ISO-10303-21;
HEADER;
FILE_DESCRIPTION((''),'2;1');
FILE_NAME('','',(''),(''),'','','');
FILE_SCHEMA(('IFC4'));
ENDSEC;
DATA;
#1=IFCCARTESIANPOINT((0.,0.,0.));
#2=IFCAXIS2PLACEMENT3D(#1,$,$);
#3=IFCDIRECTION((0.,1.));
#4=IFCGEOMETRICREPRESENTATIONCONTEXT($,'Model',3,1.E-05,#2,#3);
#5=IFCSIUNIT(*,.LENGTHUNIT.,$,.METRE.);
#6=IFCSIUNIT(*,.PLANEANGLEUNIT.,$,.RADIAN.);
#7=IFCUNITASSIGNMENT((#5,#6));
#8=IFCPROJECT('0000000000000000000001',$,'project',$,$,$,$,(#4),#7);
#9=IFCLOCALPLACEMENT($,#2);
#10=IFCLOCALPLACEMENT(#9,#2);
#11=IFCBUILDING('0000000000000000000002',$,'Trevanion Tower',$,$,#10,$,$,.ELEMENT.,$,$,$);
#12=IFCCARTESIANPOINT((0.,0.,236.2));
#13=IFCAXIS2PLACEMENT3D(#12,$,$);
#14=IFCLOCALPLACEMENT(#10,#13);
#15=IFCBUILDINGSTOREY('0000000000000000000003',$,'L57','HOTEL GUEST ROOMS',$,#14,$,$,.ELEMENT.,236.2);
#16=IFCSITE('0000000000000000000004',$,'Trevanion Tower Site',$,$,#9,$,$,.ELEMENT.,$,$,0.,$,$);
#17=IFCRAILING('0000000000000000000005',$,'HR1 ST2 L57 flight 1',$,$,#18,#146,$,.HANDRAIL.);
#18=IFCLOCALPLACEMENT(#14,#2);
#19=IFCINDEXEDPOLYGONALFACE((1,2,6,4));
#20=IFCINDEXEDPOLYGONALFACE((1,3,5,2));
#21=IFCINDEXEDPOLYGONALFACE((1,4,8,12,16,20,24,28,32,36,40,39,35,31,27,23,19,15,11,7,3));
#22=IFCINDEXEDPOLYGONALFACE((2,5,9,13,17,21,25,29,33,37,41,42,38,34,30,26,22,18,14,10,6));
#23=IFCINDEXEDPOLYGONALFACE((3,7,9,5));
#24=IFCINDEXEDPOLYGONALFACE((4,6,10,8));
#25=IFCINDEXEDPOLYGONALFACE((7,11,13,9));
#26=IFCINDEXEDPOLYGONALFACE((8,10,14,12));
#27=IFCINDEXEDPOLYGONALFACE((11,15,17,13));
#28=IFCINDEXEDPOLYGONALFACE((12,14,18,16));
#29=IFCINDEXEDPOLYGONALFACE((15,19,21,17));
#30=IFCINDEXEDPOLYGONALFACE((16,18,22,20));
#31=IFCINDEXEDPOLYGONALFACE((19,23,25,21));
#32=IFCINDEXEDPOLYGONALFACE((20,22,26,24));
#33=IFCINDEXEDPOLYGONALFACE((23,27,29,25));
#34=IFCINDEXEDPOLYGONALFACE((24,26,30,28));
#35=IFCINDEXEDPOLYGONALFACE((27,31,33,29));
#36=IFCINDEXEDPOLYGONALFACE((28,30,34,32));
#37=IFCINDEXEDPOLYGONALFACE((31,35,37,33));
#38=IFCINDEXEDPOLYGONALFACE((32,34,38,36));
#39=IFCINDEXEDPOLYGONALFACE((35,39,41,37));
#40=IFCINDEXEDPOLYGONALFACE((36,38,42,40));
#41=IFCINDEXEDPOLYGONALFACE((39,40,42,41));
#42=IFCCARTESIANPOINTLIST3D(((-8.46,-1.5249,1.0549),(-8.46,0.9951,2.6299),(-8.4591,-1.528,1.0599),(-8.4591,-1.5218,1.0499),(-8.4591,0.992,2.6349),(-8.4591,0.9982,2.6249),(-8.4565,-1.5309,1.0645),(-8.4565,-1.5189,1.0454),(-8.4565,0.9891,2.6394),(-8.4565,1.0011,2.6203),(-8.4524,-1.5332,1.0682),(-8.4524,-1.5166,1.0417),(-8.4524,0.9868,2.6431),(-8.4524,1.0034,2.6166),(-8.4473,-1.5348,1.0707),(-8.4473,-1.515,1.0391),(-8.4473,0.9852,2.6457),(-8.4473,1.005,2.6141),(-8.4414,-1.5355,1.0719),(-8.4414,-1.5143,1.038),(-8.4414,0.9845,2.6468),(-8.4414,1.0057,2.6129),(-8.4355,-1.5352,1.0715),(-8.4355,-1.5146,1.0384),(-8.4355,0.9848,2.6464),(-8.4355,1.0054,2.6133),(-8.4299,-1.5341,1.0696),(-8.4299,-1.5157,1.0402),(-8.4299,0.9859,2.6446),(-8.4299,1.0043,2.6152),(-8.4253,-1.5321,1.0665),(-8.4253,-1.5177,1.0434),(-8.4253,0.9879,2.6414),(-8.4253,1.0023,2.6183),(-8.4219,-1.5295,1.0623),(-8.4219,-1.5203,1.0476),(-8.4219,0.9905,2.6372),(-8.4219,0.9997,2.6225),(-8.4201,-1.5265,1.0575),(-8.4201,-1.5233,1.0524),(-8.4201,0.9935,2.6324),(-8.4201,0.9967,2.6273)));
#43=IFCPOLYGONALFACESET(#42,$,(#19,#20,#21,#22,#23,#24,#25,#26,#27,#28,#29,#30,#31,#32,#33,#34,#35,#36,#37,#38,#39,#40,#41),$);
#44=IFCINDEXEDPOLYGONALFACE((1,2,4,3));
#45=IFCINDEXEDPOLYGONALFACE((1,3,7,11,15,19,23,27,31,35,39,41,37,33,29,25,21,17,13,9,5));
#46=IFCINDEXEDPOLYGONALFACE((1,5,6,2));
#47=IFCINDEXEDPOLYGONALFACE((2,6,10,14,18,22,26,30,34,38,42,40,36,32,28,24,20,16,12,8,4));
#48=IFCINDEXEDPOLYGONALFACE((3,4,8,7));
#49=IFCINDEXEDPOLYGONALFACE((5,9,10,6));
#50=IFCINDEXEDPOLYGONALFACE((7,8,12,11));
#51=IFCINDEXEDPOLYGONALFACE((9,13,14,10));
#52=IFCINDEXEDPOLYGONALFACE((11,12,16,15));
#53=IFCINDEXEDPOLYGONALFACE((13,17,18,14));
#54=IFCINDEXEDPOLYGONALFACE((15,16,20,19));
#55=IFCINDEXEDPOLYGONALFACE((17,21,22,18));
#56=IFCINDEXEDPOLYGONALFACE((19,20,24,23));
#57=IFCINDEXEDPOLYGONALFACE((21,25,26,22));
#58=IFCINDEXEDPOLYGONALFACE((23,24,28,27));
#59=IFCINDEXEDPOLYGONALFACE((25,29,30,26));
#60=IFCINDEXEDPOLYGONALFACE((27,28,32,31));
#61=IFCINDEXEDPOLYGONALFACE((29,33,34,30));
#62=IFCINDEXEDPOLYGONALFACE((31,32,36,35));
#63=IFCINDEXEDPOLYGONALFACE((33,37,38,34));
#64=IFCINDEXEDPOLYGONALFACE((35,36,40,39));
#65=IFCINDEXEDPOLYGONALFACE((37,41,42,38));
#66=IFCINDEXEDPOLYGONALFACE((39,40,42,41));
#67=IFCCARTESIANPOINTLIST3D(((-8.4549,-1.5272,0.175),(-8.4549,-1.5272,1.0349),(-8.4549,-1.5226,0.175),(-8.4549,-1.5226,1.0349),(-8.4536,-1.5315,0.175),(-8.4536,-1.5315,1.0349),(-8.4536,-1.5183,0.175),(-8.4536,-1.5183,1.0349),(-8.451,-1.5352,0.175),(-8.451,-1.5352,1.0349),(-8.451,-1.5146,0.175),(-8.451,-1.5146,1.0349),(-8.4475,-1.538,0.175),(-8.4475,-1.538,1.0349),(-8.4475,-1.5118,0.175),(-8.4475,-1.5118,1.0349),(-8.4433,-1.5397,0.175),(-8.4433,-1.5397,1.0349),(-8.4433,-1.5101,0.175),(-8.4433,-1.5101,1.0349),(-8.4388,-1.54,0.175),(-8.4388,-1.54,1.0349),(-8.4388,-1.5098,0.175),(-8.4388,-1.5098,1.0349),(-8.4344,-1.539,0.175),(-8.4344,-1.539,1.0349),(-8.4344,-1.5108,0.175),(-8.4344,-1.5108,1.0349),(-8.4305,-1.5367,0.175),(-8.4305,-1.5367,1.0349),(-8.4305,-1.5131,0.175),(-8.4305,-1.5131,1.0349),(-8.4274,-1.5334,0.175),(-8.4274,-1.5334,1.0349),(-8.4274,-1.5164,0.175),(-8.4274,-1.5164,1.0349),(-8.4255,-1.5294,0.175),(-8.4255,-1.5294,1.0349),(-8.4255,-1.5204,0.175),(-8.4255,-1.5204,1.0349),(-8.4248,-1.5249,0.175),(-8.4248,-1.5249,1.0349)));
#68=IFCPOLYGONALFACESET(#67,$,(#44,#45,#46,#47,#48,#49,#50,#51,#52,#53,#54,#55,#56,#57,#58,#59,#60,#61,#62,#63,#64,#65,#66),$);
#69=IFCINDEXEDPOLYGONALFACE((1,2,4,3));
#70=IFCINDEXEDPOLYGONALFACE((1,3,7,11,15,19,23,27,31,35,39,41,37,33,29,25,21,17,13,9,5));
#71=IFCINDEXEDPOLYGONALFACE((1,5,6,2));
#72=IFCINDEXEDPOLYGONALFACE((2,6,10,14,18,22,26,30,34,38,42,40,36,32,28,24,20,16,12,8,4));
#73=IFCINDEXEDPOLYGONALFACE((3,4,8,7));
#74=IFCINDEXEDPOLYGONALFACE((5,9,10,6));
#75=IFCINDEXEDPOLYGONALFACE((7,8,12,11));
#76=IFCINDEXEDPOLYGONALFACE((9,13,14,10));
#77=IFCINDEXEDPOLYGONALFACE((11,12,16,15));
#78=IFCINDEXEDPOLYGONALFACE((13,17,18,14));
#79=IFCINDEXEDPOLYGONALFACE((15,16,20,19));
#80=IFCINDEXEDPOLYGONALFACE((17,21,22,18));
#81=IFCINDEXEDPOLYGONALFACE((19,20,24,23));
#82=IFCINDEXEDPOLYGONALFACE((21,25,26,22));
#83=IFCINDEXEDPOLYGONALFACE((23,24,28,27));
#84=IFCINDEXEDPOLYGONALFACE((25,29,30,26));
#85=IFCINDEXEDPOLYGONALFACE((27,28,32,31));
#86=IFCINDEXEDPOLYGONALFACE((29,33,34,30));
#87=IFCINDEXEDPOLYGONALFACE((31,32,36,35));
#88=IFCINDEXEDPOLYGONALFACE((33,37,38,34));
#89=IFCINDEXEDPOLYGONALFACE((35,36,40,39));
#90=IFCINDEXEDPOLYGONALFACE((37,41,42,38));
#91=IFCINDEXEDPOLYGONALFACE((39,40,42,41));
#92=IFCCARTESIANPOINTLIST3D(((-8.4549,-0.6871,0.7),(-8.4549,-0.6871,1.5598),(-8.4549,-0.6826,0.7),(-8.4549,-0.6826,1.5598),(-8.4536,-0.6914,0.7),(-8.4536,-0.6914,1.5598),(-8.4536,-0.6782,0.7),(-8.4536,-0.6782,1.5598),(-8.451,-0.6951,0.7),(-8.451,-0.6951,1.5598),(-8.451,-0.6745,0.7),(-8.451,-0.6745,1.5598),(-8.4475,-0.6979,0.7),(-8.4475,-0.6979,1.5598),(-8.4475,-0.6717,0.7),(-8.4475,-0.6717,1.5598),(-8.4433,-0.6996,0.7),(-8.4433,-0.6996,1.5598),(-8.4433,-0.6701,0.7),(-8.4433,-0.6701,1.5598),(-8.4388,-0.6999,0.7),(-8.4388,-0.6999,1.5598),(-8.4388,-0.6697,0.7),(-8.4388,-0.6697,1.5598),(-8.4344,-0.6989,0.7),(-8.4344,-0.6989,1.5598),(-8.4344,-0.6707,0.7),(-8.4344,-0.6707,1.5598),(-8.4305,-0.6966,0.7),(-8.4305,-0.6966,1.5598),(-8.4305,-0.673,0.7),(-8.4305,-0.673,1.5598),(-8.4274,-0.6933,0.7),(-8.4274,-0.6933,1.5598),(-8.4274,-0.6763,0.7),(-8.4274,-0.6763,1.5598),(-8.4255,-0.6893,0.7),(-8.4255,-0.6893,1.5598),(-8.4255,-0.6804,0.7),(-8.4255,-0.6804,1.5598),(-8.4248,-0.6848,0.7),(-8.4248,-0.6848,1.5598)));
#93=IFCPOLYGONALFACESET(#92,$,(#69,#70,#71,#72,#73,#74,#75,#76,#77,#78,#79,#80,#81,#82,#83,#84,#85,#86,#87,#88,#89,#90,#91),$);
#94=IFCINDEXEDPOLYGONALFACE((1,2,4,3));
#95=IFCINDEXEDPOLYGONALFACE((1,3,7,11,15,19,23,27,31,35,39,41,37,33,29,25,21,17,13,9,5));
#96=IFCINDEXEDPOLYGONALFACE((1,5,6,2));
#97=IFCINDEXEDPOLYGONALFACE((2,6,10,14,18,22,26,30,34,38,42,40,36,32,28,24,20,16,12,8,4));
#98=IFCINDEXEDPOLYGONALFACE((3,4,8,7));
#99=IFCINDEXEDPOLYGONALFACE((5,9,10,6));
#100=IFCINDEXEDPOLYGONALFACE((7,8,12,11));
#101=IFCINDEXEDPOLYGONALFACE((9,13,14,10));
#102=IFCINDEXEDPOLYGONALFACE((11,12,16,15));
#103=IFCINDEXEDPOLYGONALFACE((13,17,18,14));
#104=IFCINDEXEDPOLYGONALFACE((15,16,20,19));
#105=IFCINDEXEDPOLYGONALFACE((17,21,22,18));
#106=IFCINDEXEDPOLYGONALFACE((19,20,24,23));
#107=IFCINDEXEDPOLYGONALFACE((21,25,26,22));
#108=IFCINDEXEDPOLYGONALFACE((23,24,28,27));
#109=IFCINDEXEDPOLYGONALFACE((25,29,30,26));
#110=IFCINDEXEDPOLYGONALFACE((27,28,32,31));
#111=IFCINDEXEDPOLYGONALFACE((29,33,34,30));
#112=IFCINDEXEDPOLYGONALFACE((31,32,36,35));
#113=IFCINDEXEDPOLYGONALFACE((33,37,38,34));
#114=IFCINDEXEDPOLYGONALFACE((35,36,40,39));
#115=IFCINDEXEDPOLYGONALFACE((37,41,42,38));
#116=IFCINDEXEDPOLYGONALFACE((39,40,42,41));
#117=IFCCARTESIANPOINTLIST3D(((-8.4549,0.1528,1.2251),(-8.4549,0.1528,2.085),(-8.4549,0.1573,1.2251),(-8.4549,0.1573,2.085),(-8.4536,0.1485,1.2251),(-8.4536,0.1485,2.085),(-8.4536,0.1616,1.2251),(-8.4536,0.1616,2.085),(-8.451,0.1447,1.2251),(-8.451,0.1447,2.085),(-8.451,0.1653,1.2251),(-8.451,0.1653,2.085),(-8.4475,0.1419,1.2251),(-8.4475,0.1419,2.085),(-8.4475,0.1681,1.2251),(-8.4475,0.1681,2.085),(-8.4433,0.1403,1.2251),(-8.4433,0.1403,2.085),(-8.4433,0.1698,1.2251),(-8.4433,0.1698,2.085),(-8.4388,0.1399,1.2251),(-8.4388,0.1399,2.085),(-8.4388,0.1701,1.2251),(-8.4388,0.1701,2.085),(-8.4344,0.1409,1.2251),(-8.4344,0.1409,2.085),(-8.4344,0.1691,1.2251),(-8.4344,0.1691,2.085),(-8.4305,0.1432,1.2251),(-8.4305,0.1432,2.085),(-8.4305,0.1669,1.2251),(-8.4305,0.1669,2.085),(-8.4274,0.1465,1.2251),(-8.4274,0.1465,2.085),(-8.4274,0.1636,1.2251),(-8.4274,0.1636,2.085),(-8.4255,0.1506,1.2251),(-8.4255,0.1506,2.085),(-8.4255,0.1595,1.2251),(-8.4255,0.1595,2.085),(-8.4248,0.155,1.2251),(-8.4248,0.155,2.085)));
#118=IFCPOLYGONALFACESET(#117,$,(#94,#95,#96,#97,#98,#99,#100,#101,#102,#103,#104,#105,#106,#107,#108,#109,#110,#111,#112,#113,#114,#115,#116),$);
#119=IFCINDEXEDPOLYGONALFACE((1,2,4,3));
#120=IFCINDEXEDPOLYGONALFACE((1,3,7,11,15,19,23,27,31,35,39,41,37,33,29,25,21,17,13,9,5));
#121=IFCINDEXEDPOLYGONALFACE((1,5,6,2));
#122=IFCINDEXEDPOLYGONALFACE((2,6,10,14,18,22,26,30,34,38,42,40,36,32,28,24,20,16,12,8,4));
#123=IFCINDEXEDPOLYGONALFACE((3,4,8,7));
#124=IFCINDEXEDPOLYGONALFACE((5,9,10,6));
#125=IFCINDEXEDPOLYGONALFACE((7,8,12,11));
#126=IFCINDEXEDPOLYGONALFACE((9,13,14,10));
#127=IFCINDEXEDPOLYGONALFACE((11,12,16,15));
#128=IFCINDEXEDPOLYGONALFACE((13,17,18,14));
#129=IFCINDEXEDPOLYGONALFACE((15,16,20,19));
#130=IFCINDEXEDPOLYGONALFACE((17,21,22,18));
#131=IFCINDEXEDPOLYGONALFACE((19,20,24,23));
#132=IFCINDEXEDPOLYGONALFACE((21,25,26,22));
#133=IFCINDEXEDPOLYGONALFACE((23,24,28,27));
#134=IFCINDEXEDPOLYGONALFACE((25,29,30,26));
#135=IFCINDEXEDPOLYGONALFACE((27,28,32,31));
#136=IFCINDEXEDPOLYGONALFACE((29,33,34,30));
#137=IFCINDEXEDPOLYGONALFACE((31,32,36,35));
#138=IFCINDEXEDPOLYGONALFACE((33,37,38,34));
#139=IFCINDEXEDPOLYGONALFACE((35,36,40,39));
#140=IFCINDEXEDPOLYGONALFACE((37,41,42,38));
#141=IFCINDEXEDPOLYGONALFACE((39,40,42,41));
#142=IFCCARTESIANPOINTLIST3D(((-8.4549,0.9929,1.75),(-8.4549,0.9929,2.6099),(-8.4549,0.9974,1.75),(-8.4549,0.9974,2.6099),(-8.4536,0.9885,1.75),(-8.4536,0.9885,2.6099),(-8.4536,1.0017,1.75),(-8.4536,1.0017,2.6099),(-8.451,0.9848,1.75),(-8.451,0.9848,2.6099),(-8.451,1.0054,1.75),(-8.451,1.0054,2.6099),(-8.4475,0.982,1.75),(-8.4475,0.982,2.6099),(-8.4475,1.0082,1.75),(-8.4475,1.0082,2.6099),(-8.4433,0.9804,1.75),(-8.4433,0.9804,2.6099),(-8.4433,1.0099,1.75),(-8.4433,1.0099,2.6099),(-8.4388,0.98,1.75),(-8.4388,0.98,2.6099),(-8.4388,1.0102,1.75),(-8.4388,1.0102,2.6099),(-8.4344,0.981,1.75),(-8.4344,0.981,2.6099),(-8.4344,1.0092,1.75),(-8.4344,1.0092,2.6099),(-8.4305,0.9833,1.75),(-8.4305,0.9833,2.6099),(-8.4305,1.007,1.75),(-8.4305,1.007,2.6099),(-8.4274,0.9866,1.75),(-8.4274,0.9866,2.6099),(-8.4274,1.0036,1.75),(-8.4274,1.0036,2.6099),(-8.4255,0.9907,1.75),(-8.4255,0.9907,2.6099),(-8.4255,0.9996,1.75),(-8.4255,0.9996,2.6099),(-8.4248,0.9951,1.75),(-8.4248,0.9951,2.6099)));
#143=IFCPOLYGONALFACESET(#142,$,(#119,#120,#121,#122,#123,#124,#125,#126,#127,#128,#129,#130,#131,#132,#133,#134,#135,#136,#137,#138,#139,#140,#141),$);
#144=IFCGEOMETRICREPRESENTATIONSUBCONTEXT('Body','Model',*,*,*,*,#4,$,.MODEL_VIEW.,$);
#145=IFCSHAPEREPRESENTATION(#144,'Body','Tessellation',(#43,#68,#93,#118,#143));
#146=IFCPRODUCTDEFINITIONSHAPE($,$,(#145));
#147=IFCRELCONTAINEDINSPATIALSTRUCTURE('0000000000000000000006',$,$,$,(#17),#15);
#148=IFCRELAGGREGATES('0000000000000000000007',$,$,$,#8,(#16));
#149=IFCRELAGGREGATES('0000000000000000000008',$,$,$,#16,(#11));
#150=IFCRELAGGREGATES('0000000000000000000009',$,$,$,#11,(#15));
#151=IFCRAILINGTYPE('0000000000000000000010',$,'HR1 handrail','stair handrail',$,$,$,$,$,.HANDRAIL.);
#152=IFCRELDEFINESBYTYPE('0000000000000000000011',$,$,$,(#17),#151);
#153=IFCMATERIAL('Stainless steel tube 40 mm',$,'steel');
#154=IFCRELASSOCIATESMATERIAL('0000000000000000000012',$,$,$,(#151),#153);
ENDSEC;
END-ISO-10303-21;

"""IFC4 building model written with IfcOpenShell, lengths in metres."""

from ifc_helpers import new_model, si_unit, direction, frame, origin, origin_2d, place, context, subcontext, project, spatial, circle, extrude, material, type_object, element, save


model = new_model("IFC4")

# Units and contexts
model_context = context("Model", 3, precision=1e-05, world=origin(), true_north=direction((0.0, 1.0)))
body_context = subcontext(model_context, "Body", "Model", "MODEL_VIEW")
ifc_project = project(units=[si_unit("LENGTHUNIT", "METRE"), si_unit("PLANEANGLEUNIT", "RADIAN")], contexts=[model_context])

# Site, building, storey
site_placement = place(None, origin())
site = spatial("IfcSite", under=ifc_project, at=site_placement, Name="Trevanion Tower Site", CompositionType="ELEMENT", RefElevation=0.0)
building_placement = place(site_placement, origin())
building = spatial("IfcBuilding", under=site, at=building_placement, Name="Trevanion Tower", CompositionType="ELEMENT")
storey_placement = place(building_placement, frame((0.0, 0.0, 236.2)))
storey = spatial("IfcBuildingStorey", under=building, at=storey_placement, Name="L57", Description="HOTEL GUEST ROOMS", CompositionType="ELEMENT", Elevation=236.2)

# Railing
ifc_material_1 = material(Name="Stainless steel tube 40 mm", Category="steel")
railing_type = type_object("IfcRailingType", Name="HR1 handrail", Description="stair handrail", PredefinedType="HANDRAIL", material=ifc_material_1)
for number, where, name in (
    (1, (-8.4399, -1.5249, 0.175), "HR1 ST2 L57 flight 1"),
):
    element("IfcRailing", number, at=place(storey_placement, frame(where)), inside=storey, type_object=railing_type, Name=name, PredefinedType="HANDRAIL", context=body_context, shape_type="SweptSolid", body=[
        extrude(circle(Radius=0.02, at=origin_2d()), frame((0.0, 0.0, 0.8799), z_axis=(0.0, 0.848008, 0.529984), x_axis=(-1.0, 0.0, 0.0)), (0.0, 0.0, 1.0), 2.9717),
        extrude(circle(Radius=0.0151, at=origin_2d()), origin(), (0.0, 0.0, 1.0), 0.8599),
        extrude(circle(Radius=0.0151, at=origin_2d()), frame((0.0, 0.8401, 0.5249)), (0.0, 0.0, 1.0), 0.8599),
        extrude(circle(Radius=0.0151, at=origin_2d()), frame((0.0, 1.6799, 1.05)), (0.0, 0.0, 1.0), 0.8599),
        extrude(circle(Radius=0.0151, at=origin_2d()), frame((0.0, 2.52, 1.575)), (0.0, 0.0, 1.0), 0.8599),
    ])

save(model, "model.ifc")
